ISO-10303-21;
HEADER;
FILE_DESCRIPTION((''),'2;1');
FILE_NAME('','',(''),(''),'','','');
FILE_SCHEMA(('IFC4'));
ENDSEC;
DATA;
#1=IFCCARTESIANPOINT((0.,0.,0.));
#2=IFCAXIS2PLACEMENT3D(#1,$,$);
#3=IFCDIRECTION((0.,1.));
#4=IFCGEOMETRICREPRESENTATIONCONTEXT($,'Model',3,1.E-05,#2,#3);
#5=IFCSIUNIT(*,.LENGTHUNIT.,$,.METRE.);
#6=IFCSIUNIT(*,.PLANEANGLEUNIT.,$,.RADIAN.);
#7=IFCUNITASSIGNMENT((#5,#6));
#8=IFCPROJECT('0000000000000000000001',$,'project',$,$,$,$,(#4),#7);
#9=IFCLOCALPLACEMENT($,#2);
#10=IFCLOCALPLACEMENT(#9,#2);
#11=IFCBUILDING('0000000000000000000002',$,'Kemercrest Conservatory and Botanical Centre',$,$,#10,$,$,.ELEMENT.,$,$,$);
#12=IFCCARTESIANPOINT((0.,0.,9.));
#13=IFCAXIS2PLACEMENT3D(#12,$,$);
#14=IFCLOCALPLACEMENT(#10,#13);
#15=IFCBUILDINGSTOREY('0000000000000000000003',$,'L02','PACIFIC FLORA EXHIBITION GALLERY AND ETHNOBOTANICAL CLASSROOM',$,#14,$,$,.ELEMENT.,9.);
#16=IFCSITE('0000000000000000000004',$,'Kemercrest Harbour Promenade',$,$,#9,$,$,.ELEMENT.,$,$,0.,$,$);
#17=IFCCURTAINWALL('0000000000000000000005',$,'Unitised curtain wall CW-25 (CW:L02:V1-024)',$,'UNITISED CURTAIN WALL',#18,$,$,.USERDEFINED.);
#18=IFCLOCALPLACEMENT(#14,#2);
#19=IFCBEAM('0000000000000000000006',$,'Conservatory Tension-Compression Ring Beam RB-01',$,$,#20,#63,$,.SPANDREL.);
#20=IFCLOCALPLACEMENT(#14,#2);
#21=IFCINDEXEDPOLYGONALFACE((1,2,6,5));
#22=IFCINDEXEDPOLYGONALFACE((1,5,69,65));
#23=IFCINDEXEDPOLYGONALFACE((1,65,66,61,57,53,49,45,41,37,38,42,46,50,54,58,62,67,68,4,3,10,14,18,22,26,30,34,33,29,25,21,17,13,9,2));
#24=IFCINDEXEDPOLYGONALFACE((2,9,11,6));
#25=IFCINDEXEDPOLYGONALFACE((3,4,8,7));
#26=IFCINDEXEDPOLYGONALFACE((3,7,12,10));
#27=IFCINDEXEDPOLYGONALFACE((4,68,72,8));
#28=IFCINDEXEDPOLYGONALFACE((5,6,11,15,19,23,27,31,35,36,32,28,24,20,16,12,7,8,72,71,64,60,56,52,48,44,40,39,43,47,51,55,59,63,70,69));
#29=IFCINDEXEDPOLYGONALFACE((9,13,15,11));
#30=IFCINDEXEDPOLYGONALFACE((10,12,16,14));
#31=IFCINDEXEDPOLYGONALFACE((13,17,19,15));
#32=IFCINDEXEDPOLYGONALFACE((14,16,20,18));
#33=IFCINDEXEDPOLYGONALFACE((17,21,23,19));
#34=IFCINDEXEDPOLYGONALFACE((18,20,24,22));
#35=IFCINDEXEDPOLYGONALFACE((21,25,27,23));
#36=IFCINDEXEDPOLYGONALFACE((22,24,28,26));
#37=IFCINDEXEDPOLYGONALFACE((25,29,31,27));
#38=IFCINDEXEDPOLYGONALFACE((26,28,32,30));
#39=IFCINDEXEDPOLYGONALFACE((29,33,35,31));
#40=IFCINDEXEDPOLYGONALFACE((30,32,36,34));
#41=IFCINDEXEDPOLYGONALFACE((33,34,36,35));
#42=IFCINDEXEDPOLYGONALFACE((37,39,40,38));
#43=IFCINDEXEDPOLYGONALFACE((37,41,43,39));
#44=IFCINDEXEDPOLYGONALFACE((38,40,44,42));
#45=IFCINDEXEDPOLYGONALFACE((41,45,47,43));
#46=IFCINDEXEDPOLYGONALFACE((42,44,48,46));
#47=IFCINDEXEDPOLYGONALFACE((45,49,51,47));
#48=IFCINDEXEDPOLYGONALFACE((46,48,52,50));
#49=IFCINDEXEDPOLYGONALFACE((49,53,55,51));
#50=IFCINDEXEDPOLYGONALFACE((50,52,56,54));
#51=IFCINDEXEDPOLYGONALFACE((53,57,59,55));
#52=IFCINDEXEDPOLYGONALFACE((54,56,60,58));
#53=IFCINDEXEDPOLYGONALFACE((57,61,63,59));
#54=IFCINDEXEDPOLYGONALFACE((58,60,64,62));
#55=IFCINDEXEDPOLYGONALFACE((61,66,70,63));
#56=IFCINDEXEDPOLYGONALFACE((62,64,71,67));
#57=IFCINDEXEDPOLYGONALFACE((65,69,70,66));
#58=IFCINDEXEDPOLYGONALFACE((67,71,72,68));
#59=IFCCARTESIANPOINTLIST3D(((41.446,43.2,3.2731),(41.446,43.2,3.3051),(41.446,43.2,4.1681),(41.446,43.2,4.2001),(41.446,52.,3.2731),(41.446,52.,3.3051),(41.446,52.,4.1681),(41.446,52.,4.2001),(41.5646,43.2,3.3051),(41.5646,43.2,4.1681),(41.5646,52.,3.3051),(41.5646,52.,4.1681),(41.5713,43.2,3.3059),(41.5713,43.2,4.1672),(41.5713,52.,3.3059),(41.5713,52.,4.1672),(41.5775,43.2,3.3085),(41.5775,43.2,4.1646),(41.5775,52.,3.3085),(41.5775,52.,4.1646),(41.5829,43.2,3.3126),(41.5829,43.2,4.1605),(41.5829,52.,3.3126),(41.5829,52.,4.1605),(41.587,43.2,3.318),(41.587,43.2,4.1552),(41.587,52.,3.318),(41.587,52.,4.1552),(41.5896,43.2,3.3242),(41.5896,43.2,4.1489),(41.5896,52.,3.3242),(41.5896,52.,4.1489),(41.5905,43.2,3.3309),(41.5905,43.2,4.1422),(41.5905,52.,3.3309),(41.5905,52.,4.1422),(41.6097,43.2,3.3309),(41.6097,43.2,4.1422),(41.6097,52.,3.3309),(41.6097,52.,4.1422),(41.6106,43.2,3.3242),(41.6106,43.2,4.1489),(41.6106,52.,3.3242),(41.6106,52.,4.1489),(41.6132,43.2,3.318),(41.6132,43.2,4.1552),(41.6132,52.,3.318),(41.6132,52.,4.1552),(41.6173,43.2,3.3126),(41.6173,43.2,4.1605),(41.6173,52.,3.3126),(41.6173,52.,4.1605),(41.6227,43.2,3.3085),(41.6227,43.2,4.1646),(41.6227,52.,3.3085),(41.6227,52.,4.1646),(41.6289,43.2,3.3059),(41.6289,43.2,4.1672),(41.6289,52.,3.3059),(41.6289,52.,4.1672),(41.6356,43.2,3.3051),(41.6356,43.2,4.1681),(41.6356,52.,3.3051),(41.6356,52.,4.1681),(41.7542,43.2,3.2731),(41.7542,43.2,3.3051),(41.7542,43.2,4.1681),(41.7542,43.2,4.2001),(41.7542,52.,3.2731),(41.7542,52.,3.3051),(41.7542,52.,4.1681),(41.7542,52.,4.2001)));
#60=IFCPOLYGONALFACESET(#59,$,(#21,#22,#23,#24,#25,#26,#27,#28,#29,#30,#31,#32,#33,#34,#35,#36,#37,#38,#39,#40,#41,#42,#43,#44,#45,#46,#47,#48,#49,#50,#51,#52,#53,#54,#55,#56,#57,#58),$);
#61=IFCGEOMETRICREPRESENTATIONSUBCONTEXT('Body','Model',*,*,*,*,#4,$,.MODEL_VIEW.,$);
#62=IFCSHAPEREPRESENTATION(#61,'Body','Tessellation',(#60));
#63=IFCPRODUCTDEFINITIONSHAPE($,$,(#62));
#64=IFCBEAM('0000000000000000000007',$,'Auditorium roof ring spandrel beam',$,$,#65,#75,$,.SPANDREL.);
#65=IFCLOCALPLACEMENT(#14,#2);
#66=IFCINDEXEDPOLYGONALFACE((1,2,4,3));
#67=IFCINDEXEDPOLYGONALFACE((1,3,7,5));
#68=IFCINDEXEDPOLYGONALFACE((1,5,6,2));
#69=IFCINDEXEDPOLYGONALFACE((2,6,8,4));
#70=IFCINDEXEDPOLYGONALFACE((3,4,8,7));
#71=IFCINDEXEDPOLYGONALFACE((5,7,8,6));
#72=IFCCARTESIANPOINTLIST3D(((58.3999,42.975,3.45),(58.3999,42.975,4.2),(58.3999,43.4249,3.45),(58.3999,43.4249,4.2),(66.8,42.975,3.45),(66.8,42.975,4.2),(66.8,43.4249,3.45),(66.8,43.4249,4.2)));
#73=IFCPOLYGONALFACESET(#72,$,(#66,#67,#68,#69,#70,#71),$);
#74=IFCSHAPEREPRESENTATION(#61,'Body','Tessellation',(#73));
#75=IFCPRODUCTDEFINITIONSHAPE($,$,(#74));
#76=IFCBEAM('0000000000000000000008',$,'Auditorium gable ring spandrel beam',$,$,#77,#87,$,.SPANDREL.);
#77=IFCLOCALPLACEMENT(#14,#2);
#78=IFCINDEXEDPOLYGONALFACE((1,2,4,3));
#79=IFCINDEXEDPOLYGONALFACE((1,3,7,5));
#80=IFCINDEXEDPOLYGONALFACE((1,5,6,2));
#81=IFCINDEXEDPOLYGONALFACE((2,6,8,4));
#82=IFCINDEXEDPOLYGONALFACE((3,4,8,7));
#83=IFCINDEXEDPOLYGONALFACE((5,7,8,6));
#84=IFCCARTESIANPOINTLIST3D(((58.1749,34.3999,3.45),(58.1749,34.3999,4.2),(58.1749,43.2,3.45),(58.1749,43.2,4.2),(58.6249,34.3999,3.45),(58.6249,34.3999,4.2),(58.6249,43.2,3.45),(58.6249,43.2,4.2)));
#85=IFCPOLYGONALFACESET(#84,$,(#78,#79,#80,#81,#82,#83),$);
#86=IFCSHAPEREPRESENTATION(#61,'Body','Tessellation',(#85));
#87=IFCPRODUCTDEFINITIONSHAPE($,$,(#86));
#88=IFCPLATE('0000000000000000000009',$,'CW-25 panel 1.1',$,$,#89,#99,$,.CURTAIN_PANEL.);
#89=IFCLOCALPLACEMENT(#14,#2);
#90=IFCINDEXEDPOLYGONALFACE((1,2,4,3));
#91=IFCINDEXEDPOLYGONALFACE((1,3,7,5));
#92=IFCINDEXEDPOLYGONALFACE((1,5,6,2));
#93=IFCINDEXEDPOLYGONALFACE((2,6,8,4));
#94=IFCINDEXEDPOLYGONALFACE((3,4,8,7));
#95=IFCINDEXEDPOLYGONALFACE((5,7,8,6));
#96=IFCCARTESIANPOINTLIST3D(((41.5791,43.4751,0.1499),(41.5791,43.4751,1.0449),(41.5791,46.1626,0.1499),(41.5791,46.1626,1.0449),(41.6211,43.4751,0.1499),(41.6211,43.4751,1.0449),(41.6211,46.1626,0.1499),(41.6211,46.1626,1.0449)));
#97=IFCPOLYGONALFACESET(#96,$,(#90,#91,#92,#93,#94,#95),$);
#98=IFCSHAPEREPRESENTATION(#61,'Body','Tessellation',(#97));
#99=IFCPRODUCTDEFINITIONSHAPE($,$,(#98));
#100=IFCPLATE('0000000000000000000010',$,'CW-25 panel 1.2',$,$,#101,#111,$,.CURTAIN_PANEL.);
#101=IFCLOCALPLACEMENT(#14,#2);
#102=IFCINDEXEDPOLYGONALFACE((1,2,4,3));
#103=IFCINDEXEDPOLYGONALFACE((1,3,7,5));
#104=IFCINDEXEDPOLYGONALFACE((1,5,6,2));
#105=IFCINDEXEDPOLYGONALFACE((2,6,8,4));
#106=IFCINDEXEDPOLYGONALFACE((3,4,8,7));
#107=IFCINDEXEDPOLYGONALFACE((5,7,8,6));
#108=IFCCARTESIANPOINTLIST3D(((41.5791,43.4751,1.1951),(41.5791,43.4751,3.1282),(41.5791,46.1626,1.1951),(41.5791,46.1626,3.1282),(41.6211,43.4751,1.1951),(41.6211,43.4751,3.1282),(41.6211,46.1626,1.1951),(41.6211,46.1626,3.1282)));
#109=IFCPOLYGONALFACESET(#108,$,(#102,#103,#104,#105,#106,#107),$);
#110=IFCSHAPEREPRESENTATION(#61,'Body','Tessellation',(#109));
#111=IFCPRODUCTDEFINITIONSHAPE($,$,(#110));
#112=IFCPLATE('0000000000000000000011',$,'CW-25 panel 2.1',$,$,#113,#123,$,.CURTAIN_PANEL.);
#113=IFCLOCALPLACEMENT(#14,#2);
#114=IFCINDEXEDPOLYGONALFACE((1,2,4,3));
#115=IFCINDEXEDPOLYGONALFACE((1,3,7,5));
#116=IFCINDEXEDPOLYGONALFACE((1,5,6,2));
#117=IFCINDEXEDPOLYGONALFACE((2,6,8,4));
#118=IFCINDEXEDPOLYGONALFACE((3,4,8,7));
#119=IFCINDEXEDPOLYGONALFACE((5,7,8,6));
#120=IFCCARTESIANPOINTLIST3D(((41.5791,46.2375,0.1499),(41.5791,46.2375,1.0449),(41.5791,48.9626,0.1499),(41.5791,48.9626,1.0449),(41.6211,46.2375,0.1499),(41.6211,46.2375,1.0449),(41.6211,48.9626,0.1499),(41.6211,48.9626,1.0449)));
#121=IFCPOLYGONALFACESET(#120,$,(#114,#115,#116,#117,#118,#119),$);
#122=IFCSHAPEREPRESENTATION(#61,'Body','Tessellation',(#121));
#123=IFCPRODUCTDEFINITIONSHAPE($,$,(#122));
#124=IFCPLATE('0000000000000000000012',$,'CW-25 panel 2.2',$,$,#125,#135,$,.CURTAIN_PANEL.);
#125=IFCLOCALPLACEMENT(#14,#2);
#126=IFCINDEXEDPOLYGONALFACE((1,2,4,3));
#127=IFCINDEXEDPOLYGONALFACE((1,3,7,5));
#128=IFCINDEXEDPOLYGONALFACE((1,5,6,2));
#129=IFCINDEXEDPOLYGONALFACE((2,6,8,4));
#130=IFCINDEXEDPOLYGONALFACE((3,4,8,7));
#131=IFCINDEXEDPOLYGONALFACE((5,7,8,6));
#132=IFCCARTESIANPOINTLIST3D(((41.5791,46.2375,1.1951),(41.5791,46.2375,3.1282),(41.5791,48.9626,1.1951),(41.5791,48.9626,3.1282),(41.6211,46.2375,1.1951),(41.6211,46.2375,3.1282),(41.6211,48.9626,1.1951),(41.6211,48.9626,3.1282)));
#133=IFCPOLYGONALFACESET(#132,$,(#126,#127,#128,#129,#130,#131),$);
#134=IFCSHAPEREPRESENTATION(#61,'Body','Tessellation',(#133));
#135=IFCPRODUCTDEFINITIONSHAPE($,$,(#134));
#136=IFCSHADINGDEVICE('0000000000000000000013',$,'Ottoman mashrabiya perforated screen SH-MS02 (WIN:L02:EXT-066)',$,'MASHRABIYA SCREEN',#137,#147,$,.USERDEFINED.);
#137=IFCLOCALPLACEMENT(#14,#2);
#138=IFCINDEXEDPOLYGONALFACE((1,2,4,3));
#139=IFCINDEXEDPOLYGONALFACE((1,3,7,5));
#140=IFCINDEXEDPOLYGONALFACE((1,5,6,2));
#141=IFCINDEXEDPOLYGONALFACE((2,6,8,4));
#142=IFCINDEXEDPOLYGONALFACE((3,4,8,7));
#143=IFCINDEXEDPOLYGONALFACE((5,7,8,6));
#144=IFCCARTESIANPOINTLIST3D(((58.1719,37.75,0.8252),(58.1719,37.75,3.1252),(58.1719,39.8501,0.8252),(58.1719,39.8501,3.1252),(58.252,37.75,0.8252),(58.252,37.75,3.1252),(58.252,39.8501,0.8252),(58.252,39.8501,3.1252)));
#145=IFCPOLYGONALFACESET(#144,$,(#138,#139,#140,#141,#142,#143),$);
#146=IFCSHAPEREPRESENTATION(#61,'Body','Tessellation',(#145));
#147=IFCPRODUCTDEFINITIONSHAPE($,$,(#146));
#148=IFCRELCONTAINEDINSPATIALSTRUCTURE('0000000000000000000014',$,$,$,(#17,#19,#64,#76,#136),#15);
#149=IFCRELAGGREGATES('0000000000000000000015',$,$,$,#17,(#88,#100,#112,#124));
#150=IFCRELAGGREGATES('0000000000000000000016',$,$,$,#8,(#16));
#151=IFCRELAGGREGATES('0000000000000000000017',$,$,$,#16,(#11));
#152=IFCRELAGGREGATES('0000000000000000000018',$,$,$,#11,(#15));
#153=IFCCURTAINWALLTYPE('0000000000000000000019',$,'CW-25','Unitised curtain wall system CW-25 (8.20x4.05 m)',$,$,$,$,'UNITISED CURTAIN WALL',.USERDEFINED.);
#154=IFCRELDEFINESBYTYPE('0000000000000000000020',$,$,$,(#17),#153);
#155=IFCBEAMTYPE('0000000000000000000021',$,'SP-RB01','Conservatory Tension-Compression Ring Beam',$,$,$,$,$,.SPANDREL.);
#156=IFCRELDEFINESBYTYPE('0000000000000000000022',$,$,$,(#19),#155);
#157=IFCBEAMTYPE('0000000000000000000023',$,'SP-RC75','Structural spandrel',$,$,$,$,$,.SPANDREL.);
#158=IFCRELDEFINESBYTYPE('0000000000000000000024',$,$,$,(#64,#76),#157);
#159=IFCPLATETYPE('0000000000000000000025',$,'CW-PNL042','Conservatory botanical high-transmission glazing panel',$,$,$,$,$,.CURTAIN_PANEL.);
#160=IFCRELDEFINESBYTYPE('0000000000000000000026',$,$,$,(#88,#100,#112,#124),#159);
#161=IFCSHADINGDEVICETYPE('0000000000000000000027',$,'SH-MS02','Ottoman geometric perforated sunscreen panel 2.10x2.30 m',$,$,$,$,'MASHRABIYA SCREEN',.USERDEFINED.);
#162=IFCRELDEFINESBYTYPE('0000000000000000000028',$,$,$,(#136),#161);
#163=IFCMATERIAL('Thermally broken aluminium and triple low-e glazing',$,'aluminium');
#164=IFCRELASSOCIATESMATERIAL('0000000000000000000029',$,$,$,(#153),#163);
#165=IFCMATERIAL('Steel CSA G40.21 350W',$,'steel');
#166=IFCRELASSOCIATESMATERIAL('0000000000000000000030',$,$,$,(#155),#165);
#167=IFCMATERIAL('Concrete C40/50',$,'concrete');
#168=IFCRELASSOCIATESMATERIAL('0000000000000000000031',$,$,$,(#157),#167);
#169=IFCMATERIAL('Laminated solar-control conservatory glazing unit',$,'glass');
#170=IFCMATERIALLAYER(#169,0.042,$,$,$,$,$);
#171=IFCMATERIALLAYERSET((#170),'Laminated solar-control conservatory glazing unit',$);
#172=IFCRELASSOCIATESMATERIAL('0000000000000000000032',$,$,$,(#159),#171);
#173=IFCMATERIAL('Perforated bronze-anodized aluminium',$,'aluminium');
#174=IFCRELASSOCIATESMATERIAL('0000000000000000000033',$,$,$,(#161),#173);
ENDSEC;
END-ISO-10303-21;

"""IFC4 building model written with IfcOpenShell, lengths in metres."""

from ifc_helpers import new_model, si_unit, direction, frame, origin, origin_2d, place, context, subcontext, project, spatial, rectangle, i_section, extrude, material, layer, layer_set, material_profile, profile_set, type_object, element, aggregate, save


model = new_model("IFC4")

# Units and contexts
model_context = context("Model", 3, precision=1e-05, world=origin(), true_north=direction((0.0, 1.0)))
body_context = subcontext(model_context, "Body", "Model", "MODEL_VIEW")
ifc_project = project(units=[si_unit("LENGTHUNIT", "METRE"), si_unit("PLANEANGLEUNIT", "RADIAN")], contexts=[model_context])

# Site, building, storey
site_placement = place(None, origin())
site = spatial("IfcSite", under=ifc_project, at=site_placement, Name="Kemercrest Harbour Promenade", CompositionType="ELEMENT", RefElevation=0.0)
building_placement = place(site_placement, origin())
building = spatial("IfcBuilding", under=site, at=building_placement, Name="Kemercrest Conservatory and Botanical Centre", CompositionType="ELEMENT")
storey_placement = place(building_placement, frame((0.0, 0.0, 9.0)))
storey = spatial("IfcBuildingStorey", under=building, at=storey_placement, Name="L02", Description="PACIFIC FLORA EXHIBITION GALLERY AND ETHNOBOTANICAL CLASSROOM", CompositionType="ELEMENT", Elevation=9.0)

# Shared definitions
ifc_material_1 = material(Name="Concrete C40/50", Category="concrete")

# Curtain wall
ifc_material_2 = material(Name="Thermally broken aluminium and triple low-e glazing", Category="aluminium")
curtain_wall_type = type_object("IfcCurtainWallType", Name="CW-25", Description="Unitised curtain wall system CW-25 (8.20x4.05 m)", ElementType="UNITISED CURTAIN WALL", PredefinedType="USERDEFINED", material=ifc_material_2)
curtain_wall_placement = place(storey_placement, origin())
curtain_wall = element("IfcCurtainWall", 1, at=curtain_wall_placement, inside=storey, type_object=curtain_wall_type, Name="Unitised curtain wall CW-25 (CW:L02:V1-024)", ObjectType="UNITISED CURTAIN WALL", PredefinedType="USERDEFINED")

# Beams
ifc_material_3 = material(Name="Steel CSA G40.21 350W", Category="steel")
ifc_material_profile_1 = material_profile(ifc_material_3, i_section(OverallWidth=0.3081, OverallDepth=0.927, WebThickness=0.0193, FlangeThickness=0.032, FilletRadius=0.0259, at=origin_2d()), Name="W920X289")
ifc_profile_set_1 = profile_set([ifc_material_profile_1], Name="Steel CSA G40.21 350W")
beam_type_1 = type_object("IfcBeamType", Name="SP-RB01", Description="Conservatory Tension-Compression Ring Beam", PredefinedType="SPANDREL", material=ifc_profile_set_1)
beam_1_placement = place(storey_placement, frame((41.6001, 43.2, 3.7366), z_axis=(0.0, 1.0, 0.0), x_axis=(-1.0, 0.0, 0.0)))
element("IfcBeam", 2, at=beam_1_placement, inside=storey, type_object=beam_type_1, Name="Conservatory Tension-Compression Ring Beam RB-01", PredefinedType="SPANDREL", context=body_context, shape_type="SweptSolid", body=[
    extrude(i_section(OverallWidth=0.3081, OverallDepth=0.927, WebThickness=0.0193, FlangeThickness=0.032, FilletRadius=0.0259, at=origin_2d()), origin(), (0.0, 0.0, 1.0), 8.8),
])
ifc_material_profile_2 = material_profile(ifc_material_1, rectangle(XDim=0.45, YDim=0.75, at=origin_2d()), Name="RC 450x750")
ifc_profile_set_2 = profile_set([ifc_material_profile_2], Name="Concrete C40/50")
beam_type_2 = type_object("IfcBeamType", Name="SP-RC75", Description="Structural spandrel", PredefinedType="SPANDREL", material=ifc_profile_set_2)
beam_2_placement = place(storey_placement, frame((58.3999, 43.2, 3.825), z_axis=(1.0, 0.0, 0.0), x_axis=(0.0, 1.0, 0.0)))
element("IfcBeam", 3, at=beam_2_placement, inside=storey, type_object=beam_type_2, Name="Auditorium roof ring spandrel beam", PredefinedType="SPANDREL", context=body_context, shape_type="SweptSolid", body=[
    extrude(rectangle(XDim=0.45, YDim=0.75, at=origin_2d()), origin(), (0.0, 0.0, 1.0), 8.4001),
])
beam_3_placement = place(storey_placement, frame((58.3999, 34.3999, 3.825), z_axis=(0.0, 1.0, 0.0), x_axis=(-1.0, 0.0, 0.0)))
element("IfcBeam", 4, at=beam_3_placement, inside=storey, type_object=beam_type_2, Name="Auditorium gable ring spandrel beam", PredefinedType="SPANDREL", context=body_context, shape_type="SweptSolid", body=[
    extrude(rectangle(XDim=0.45, YDim=0.75, at=origin_2d()), origin(), (0.0, 0.0, 1.0), 8.8),
])

# Plates
ifc_material_4 = material(Name="Laminated solar-control conservatory glazing unit", Category="glass")
ifc_layer = layer(ifc_material_4, 0.042)
ifc_layer_set = layer_set([ifc_layer], Name="Laminated solar-control conservatory glazing unit")
plate_type = type_object("IfcPlateType", Name="CW-PNL042", Description="Conservatory botanical high-transmission glazing panel", PredefinedType="CURTAIN_PANEL", material=ifc_layer_set)
plate_1_placement = place(storey_placement, frame((41.6001, 44.8188, 0.1499), z_axis=(0.0, 0.0, 1.0), x_axis=(0.0, 1.0, 0.0)))
plate_1 = element("IfcPlate", 5, at=plate_1_placement, type_object=plate_type, Name="CW-25 panel 1.1", PredefinedType="CURTAIN_PANEL", context=body_context, shape_type="SweptSolid", body=[
    extrude(rectangle(XDim=2.6875, YDim=0.042, at=origin_2d()), origin(), (0.0, 0.0, 1.0), 0.895),
])
plate_2_placement = place(storey_placement, frame((41.6001, 44.8188, 1.1951), z_axis=(0.0, 0.0, 1.0), x_axis=(0.0, 1.0, 0.0)))
plate_2 = element("IfcPlate", 6, at=plate_2_placement, type_object=plate_type, Name="CW-25 panel 1.2", PredefinedType="CURTAIN_PANEL", context=body_context, shape_type="SweptSolid", body=[
    extrude(rectangle(XDim=2.6875, YDim=0.042, at=origin_2d()), origin(), (0.0, 0.0, 1.0), 1.9331),
])
plate_3_placement = place(storey_placement, frame((41.6001, 47.6001, 0.1499), z_axis=(0.0, 0.0, 1.0), x_axis=(0.0, 1.0, 0.0)))
plate_3 = element("IfcPlate", 7, at=plate_3_placement, type_object=plate_type, Name="CW-25 panel 2.1", PredefinedType="CURTAIN_PANEL", context=body_context, shape_type="SweptSolid", body=[
    extrude(rectangle(XDim=2.7251, YDim=0.042, at=origin_2d()), origin(), (0.0, 0.0, 1.0), 0.895),
])
plate_4_placement = place(storey_placement, frame((41.6001, 47.6001, 1.1951), z_axis=(0.0, 0.0, 1.0), x_axis=(0.0, 1.0, 0.0)))
plate_4 = element("IfcPlate", 8, at=plate_4_placement, type_object=plate_type, Name="CW-25 panel 2.2", PredefinedType="CURTAIN_PANEL", context=body_context, shape_type="SweptSolid", body=[
    extrude(rectangle(XDim=2.7251, YDim=0.042, at=origin_2d()), origin(), (0.0, 0.0, 1.0), 1.9331),
])
aggregate(curtain_wall, [plate_1, plate_2, plate_3, plate_4])

# Shading device
ifc_material_5 = material(Name="Perforated bronze-anodized aluminium", Category="aluminium")
shading_device_type = type_object("IfcShadingDeviceType", Name="SH-MS02", Description="Ottoman geometric perforated sunscreen panel 2.10x2.30 m", ElementType="MASHRABIYA SCREEN", PredefinedType="USERDEFINED", material=ifc_material_5)
shading_device_placement = place(storey_placement, frame((58.2119, 38.8, 0.8252), z_axis=(0.0, 0.0, 1.0), x_axis=(0.0, -1.0, 0.0)))
element("IfcShadingDevice", 9, at=shading_device_placement, inside=storey, type_object=shading_device_type, Name="Ottoman mashrabiya perforated screen SH-MS02 (WIN:L02:EXT-066)", ObjectType="MASHRABIYA SCREEN", PredefinedType="USERDEFINED", context=body_context, shape_type="SweptSolid", body=[
    extrude(rectangle(XDim=2.1001, YDim=0.0801, at=origin_2d()), origin(), (0.0, 0.0, 1.0), 2.3),
])

save(model, "model.ifc")
